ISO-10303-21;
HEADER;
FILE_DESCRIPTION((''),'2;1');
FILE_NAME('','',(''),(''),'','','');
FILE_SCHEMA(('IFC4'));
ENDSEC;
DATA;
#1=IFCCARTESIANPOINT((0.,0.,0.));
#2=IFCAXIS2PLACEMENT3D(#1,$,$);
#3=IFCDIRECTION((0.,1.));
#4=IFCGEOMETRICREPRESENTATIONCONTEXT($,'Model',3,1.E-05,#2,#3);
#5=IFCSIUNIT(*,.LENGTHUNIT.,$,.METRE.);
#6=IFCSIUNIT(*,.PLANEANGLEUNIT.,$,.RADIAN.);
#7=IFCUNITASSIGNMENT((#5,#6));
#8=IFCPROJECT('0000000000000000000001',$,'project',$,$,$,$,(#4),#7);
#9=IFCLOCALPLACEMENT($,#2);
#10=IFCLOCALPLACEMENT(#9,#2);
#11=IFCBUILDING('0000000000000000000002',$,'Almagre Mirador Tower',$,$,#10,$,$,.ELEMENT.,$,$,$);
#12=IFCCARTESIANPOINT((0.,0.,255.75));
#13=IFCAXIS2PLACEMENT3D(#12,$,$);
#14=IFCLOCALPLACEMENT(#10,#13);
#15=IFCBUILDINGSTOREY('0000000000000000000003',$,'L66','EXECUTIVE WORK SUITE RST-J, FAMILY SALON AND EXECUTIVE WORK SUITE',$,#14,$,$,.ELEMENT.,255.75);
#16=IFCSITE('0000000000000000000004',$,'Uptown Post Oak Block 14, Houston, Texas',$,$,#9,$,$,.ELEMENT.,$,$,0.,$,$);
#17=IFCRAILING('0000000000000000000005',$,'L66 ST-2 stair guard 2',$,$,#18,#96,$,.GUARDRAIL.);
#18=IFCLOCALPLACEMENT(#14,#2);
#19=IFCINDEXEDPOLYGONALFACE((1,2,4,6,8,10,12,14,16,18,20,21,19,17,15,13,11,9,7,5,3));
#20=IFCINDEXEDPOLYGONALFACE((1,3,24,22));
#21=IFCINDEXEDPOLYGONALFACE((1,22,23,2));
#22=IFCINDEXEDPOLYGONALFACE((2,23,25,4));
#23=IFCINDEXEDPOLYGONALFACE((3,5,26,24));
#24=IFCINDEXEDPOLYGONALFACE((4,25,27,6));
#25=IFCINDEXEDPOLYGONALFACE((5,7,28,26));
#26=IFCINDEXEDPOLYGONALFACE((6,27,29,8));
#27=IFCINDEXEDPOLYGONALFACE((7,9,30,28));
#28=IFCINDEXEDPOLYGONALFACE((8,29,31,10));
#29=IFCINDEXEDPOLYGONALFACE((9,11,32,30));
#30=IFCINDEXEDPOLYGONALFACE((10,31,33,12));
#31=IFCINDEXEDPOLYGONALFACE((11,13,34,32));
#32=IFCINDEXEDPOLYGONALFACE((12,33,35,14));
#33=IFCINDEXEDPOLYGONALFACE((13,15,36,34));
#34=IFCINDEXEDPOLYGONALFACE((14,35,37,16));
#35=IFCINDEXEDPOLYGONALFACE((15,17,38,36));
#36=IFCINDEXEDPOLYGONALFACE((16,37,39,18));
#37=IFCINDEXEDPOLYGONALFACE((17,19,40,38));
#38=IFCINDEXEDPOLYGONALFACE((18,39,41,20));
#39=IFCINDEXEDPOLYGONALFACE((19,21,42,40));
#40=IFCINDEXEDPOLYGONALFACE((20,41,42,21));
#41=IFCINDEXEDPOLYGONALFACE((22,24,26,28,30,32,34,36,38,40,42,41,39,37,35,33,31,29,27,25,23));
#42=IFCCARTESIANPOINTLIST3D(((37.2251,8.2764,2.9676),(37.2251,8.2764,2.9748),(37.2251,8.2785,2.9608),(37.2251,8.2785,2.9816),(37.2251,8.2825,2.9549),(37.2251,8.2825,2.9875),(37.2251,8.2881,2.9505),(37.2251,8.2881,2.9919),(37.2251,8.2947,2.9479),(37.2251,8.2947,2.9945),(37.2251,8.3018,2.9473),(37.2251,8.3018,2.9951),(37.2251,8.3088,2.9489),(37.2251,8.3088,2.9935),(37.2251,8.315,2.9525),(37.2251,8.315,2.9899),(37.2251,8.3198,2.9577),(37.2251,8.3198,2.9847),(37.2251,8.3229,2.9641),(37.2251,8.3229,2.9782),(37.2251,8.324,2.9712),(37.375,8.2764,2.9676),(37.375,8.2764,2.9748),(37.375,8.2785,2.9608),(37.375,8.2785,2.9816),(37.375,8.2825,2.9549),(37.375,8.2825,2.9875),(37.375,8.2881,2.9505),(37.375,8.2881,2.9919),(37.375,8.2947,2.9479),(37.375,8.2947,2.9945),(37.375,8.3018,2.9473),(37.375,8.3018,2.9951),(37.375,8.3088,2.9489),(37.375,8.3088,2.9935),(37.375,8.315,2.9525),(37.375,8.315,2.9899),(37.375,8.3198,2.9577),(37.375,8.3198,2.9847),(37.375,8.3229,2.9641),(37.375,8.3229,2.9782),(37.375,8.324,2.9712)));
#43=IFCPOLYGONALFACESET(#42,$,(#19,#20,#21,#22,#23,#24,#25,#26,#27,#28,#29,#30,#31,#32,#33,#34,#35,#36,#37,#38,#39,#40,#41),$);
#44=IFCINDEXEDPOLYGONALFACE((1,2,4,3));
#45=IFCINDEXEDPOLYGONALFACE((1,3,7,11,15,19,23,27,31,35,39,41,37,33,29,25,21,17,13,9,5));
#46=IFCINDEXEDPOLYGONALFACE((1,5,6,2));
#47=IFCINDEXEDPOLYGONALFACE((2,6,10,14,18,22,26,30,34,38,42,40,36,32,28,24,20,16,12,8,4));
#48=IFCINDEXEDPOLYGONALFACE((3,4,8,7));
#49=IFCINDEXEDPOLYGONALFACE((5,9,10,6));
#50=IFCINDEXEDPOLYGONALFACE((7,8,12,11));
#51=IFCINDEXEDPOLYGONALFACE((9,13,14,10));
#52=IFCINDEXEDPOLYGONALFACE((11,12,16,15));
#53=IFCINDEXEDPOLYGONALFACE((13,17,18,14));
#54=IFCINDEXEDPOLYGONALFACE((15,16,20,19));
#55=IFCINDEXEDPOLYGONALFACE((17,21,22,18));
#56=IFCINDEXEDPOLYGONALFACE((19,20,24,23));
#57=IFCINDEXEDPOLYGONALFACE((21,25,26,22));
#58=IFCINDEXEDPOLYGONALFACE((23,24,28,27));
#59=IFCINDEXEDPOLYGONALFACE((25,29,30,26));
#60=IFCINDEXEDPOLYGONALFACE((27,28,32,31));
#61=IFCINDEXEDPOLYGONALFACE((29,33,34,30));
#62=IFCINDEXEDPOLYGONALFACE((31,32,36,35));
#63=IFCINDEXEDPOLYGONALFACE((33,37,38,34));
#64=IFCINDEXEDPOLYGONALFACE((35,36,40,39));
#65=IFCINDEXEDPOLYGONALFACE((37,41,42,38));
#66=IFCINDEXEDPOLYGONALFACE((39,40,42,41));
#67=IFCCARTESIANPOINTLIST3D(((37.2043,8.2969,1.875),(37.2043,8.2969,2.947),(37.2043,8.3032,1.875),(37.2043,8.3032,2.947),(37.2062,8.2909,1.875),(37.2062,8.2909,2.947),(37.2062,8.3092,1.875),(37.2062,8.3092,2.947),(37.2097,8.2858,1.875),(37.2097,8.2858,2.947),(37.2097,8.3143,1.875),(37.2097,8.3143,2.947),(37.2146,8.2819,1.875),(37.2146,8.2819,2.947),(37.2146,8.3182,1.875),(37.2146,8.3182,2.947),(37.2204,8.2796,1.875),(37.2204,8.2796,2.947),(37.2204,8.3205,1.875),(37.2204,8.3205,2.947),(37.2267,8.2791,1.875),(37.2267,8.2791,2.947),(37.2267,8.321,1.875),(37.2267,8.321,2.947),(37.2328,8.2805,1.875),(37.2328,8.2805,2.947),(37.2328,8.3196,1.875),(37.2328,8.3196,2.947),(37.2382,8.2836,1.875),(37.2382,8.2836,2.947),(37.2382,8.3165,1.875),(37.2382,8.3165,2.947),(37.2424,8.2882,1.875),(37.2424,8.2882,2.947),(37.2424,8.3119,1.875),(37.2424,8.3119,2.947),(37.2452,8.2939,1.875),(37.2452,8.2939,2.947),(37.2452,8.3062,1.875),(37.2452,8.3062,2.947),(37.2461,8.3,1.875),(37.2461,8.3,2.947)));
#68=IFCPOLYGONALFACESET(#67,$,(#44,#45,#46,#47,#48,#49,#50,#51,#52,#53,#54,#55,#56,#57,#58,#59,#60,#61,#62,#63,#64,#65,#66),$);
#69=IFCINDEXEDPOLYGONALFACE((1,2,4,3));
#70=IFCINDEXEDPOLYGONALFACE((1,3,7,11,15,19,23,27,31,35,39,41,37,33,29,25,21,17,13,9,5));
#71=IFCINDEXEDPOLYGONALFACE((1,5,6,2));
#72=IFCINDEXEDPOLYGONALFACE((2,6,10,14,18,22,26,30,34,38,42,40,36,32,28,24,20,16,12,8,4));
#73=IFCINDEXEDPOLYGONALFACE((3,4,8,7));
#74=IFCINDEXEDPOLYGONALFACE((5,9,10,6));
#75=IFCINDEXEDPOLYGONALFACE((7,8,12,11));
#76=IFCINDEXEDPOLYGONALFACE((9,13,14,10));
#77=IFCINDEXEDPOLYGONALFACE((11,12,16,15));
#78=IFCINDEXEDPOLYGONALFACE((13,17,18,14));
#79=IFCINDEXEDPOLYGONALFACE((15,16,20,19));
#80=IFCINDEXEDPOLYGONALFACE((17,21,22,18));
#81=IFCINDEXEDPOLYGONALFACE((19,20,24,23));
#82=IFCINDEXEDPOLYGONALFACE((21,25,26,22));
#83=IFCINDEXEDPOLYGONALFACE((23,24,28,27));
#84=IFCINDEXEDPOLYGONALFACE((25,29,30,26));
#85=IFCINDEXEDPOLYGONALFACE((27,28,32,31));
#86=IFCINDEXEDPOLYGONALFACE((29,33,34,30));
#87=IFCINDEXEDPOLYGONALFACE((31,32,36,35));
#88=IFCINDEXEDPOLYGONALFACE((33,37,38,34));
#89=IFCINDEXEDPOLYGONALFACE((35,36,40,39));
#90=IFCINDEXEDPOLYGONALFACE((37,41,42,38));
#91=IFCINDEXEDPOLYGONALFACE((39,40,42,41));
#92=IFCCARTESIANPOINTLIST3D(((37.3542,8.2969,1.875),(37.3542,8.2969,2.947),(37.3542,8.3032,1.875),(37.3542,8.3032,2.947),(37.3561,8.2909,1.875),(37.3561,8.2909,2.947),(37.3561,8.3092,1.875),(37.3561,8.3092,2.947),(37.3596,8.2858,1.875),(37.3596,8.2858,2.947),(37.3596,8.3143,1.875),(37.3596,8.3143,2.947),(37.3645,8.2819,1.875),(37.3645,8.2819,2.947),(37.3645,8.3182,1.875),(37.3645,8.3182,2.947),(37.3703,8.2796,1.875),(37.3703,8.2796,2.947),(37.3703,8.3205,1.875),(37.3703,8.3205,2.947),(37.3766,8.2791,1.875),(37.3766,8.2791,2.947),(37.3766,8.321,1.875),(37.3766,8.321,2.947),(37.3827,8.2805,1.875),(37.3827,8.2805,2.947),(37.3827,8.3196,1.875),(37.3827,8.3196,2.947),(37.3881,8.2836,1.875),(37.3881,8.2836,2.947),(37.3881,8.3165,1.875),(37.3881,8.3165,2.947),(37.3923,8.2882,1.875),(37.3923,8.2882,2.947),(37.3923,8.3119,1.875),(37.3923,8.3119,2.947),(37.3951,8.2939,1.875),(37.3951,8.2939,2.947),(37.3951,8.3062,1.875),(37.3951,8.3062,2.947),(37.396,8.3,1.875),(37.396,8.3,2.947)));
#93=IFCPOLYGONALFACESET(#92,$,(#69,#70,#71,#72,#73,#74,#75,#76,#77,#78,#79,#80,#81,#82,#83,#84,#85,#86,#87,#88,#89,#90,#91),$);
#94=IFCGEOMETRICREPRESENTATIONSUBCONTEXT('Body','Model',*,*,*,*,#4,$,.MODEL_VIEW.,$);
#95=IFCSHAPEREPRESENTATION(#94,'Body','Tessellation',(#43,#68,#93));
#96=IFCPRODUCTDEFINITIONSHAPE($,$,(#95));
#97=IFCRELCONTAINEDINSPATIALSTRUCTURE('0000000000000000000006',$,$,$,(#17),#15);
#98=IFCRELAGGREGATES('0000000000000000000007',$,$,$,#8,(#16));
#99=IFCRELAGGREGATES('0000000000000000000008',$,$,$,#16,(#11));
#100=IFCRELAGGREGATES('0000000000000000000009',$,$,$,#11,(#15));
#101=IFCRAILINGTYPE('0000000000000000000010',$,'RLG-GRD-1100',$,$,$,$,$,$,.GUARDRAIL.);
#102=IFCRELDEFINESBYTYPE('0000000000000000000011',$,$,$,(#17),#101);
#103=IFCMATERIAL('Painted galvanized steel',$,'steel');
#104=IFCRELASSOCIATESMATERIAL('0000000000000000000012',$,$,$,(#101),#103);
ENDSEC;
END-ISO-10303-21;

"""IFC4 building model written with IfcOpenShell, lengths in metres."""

from ifc_helpers import new_model, si_unit, direction, frame, origin, origin_2d, place, context, subcontext, project, spatial, circle, extrude, material, type_object, element, save


model = new_model("IFC4")

# Units and contexts
model_context = context("Model", 3, precision=1e-05, world=origin(), true_north=direction((0.0, 1.0)))
body_context = subcontext(model_context, "Body", "Model", "MODEL_VIEW")
ifc_project = project(units=[si_unit("LENGTHUNIT", "METRE"), si_unit("PLANEANGLEUNIT", "RADIAN")], contexts=[model_context])

# Site, building, storey
site_placement = place(None, origin())
site = spatial("IfcSite", under=ifc_project, at=site_placement, Name="Uptown Post Oak Block 14, Houston, Texas", CompositionType="ELEMENT", RefElevation=0.0)
building_placement = place(site_placement, origin())
building = spatial("IfcBuilding", under=site, at=building_placement, Name="Almagre Mirador Tower", CompositionType="ELEMENT")
storey_placement = place(building_placement, frame((0.0, 0.0, 255.75)))
storey = spatial("IfcBuildingStorey", under=building, at=storey_placement, Name="L66", Description="EXECUTIVE WORK SUITE RST-J, FAMILY SALON AND EXECUTIVE WORK SUITE", CompositionType="ELEMENT", Elevation=255.75)

# Railing
ifc_material_1 = material(Name="Painted galvanized steel", Category="steel")
railing_type_1 = type_object("IfcRailingType", Name="RLG-GRD-1100", PredefinedType="GUARDRAIL", material=ifc_material_1)
railing_1_placement = place(storey_placement, frame((37.2251, 8.3, 1.875)))
element("IfcRailing", 1, at=railing_1_placement, inside=storey, type_object=railing_type_1, Name="L66 ST-2 stair guard 2", PredefinedType="GUARDRAIL", context=body_context, shape_type="SweptSolid", body=[
    extrude(circle(Radius=0.0239, at=origin_2d()), frame((0.0, 0.0, 1.0962), z_axis=(1.0, 0.0, 0.0), x_axis=(0.0, 1.0, 0.0)), (0.0, 0.0, 1.0), 0.1499),
    extrude(circle(Radius=0.021, at=origin_2d()), origin(), (0.0, 0.0, 1.0), 1.072),
    extrude(circle(Radius=0.021, at=origin_2d()), frame((0.1499, 0.0, 0.0)), (0.0, 0.0, 1.0), 1.072),
])

save(model, "model.ifc")
